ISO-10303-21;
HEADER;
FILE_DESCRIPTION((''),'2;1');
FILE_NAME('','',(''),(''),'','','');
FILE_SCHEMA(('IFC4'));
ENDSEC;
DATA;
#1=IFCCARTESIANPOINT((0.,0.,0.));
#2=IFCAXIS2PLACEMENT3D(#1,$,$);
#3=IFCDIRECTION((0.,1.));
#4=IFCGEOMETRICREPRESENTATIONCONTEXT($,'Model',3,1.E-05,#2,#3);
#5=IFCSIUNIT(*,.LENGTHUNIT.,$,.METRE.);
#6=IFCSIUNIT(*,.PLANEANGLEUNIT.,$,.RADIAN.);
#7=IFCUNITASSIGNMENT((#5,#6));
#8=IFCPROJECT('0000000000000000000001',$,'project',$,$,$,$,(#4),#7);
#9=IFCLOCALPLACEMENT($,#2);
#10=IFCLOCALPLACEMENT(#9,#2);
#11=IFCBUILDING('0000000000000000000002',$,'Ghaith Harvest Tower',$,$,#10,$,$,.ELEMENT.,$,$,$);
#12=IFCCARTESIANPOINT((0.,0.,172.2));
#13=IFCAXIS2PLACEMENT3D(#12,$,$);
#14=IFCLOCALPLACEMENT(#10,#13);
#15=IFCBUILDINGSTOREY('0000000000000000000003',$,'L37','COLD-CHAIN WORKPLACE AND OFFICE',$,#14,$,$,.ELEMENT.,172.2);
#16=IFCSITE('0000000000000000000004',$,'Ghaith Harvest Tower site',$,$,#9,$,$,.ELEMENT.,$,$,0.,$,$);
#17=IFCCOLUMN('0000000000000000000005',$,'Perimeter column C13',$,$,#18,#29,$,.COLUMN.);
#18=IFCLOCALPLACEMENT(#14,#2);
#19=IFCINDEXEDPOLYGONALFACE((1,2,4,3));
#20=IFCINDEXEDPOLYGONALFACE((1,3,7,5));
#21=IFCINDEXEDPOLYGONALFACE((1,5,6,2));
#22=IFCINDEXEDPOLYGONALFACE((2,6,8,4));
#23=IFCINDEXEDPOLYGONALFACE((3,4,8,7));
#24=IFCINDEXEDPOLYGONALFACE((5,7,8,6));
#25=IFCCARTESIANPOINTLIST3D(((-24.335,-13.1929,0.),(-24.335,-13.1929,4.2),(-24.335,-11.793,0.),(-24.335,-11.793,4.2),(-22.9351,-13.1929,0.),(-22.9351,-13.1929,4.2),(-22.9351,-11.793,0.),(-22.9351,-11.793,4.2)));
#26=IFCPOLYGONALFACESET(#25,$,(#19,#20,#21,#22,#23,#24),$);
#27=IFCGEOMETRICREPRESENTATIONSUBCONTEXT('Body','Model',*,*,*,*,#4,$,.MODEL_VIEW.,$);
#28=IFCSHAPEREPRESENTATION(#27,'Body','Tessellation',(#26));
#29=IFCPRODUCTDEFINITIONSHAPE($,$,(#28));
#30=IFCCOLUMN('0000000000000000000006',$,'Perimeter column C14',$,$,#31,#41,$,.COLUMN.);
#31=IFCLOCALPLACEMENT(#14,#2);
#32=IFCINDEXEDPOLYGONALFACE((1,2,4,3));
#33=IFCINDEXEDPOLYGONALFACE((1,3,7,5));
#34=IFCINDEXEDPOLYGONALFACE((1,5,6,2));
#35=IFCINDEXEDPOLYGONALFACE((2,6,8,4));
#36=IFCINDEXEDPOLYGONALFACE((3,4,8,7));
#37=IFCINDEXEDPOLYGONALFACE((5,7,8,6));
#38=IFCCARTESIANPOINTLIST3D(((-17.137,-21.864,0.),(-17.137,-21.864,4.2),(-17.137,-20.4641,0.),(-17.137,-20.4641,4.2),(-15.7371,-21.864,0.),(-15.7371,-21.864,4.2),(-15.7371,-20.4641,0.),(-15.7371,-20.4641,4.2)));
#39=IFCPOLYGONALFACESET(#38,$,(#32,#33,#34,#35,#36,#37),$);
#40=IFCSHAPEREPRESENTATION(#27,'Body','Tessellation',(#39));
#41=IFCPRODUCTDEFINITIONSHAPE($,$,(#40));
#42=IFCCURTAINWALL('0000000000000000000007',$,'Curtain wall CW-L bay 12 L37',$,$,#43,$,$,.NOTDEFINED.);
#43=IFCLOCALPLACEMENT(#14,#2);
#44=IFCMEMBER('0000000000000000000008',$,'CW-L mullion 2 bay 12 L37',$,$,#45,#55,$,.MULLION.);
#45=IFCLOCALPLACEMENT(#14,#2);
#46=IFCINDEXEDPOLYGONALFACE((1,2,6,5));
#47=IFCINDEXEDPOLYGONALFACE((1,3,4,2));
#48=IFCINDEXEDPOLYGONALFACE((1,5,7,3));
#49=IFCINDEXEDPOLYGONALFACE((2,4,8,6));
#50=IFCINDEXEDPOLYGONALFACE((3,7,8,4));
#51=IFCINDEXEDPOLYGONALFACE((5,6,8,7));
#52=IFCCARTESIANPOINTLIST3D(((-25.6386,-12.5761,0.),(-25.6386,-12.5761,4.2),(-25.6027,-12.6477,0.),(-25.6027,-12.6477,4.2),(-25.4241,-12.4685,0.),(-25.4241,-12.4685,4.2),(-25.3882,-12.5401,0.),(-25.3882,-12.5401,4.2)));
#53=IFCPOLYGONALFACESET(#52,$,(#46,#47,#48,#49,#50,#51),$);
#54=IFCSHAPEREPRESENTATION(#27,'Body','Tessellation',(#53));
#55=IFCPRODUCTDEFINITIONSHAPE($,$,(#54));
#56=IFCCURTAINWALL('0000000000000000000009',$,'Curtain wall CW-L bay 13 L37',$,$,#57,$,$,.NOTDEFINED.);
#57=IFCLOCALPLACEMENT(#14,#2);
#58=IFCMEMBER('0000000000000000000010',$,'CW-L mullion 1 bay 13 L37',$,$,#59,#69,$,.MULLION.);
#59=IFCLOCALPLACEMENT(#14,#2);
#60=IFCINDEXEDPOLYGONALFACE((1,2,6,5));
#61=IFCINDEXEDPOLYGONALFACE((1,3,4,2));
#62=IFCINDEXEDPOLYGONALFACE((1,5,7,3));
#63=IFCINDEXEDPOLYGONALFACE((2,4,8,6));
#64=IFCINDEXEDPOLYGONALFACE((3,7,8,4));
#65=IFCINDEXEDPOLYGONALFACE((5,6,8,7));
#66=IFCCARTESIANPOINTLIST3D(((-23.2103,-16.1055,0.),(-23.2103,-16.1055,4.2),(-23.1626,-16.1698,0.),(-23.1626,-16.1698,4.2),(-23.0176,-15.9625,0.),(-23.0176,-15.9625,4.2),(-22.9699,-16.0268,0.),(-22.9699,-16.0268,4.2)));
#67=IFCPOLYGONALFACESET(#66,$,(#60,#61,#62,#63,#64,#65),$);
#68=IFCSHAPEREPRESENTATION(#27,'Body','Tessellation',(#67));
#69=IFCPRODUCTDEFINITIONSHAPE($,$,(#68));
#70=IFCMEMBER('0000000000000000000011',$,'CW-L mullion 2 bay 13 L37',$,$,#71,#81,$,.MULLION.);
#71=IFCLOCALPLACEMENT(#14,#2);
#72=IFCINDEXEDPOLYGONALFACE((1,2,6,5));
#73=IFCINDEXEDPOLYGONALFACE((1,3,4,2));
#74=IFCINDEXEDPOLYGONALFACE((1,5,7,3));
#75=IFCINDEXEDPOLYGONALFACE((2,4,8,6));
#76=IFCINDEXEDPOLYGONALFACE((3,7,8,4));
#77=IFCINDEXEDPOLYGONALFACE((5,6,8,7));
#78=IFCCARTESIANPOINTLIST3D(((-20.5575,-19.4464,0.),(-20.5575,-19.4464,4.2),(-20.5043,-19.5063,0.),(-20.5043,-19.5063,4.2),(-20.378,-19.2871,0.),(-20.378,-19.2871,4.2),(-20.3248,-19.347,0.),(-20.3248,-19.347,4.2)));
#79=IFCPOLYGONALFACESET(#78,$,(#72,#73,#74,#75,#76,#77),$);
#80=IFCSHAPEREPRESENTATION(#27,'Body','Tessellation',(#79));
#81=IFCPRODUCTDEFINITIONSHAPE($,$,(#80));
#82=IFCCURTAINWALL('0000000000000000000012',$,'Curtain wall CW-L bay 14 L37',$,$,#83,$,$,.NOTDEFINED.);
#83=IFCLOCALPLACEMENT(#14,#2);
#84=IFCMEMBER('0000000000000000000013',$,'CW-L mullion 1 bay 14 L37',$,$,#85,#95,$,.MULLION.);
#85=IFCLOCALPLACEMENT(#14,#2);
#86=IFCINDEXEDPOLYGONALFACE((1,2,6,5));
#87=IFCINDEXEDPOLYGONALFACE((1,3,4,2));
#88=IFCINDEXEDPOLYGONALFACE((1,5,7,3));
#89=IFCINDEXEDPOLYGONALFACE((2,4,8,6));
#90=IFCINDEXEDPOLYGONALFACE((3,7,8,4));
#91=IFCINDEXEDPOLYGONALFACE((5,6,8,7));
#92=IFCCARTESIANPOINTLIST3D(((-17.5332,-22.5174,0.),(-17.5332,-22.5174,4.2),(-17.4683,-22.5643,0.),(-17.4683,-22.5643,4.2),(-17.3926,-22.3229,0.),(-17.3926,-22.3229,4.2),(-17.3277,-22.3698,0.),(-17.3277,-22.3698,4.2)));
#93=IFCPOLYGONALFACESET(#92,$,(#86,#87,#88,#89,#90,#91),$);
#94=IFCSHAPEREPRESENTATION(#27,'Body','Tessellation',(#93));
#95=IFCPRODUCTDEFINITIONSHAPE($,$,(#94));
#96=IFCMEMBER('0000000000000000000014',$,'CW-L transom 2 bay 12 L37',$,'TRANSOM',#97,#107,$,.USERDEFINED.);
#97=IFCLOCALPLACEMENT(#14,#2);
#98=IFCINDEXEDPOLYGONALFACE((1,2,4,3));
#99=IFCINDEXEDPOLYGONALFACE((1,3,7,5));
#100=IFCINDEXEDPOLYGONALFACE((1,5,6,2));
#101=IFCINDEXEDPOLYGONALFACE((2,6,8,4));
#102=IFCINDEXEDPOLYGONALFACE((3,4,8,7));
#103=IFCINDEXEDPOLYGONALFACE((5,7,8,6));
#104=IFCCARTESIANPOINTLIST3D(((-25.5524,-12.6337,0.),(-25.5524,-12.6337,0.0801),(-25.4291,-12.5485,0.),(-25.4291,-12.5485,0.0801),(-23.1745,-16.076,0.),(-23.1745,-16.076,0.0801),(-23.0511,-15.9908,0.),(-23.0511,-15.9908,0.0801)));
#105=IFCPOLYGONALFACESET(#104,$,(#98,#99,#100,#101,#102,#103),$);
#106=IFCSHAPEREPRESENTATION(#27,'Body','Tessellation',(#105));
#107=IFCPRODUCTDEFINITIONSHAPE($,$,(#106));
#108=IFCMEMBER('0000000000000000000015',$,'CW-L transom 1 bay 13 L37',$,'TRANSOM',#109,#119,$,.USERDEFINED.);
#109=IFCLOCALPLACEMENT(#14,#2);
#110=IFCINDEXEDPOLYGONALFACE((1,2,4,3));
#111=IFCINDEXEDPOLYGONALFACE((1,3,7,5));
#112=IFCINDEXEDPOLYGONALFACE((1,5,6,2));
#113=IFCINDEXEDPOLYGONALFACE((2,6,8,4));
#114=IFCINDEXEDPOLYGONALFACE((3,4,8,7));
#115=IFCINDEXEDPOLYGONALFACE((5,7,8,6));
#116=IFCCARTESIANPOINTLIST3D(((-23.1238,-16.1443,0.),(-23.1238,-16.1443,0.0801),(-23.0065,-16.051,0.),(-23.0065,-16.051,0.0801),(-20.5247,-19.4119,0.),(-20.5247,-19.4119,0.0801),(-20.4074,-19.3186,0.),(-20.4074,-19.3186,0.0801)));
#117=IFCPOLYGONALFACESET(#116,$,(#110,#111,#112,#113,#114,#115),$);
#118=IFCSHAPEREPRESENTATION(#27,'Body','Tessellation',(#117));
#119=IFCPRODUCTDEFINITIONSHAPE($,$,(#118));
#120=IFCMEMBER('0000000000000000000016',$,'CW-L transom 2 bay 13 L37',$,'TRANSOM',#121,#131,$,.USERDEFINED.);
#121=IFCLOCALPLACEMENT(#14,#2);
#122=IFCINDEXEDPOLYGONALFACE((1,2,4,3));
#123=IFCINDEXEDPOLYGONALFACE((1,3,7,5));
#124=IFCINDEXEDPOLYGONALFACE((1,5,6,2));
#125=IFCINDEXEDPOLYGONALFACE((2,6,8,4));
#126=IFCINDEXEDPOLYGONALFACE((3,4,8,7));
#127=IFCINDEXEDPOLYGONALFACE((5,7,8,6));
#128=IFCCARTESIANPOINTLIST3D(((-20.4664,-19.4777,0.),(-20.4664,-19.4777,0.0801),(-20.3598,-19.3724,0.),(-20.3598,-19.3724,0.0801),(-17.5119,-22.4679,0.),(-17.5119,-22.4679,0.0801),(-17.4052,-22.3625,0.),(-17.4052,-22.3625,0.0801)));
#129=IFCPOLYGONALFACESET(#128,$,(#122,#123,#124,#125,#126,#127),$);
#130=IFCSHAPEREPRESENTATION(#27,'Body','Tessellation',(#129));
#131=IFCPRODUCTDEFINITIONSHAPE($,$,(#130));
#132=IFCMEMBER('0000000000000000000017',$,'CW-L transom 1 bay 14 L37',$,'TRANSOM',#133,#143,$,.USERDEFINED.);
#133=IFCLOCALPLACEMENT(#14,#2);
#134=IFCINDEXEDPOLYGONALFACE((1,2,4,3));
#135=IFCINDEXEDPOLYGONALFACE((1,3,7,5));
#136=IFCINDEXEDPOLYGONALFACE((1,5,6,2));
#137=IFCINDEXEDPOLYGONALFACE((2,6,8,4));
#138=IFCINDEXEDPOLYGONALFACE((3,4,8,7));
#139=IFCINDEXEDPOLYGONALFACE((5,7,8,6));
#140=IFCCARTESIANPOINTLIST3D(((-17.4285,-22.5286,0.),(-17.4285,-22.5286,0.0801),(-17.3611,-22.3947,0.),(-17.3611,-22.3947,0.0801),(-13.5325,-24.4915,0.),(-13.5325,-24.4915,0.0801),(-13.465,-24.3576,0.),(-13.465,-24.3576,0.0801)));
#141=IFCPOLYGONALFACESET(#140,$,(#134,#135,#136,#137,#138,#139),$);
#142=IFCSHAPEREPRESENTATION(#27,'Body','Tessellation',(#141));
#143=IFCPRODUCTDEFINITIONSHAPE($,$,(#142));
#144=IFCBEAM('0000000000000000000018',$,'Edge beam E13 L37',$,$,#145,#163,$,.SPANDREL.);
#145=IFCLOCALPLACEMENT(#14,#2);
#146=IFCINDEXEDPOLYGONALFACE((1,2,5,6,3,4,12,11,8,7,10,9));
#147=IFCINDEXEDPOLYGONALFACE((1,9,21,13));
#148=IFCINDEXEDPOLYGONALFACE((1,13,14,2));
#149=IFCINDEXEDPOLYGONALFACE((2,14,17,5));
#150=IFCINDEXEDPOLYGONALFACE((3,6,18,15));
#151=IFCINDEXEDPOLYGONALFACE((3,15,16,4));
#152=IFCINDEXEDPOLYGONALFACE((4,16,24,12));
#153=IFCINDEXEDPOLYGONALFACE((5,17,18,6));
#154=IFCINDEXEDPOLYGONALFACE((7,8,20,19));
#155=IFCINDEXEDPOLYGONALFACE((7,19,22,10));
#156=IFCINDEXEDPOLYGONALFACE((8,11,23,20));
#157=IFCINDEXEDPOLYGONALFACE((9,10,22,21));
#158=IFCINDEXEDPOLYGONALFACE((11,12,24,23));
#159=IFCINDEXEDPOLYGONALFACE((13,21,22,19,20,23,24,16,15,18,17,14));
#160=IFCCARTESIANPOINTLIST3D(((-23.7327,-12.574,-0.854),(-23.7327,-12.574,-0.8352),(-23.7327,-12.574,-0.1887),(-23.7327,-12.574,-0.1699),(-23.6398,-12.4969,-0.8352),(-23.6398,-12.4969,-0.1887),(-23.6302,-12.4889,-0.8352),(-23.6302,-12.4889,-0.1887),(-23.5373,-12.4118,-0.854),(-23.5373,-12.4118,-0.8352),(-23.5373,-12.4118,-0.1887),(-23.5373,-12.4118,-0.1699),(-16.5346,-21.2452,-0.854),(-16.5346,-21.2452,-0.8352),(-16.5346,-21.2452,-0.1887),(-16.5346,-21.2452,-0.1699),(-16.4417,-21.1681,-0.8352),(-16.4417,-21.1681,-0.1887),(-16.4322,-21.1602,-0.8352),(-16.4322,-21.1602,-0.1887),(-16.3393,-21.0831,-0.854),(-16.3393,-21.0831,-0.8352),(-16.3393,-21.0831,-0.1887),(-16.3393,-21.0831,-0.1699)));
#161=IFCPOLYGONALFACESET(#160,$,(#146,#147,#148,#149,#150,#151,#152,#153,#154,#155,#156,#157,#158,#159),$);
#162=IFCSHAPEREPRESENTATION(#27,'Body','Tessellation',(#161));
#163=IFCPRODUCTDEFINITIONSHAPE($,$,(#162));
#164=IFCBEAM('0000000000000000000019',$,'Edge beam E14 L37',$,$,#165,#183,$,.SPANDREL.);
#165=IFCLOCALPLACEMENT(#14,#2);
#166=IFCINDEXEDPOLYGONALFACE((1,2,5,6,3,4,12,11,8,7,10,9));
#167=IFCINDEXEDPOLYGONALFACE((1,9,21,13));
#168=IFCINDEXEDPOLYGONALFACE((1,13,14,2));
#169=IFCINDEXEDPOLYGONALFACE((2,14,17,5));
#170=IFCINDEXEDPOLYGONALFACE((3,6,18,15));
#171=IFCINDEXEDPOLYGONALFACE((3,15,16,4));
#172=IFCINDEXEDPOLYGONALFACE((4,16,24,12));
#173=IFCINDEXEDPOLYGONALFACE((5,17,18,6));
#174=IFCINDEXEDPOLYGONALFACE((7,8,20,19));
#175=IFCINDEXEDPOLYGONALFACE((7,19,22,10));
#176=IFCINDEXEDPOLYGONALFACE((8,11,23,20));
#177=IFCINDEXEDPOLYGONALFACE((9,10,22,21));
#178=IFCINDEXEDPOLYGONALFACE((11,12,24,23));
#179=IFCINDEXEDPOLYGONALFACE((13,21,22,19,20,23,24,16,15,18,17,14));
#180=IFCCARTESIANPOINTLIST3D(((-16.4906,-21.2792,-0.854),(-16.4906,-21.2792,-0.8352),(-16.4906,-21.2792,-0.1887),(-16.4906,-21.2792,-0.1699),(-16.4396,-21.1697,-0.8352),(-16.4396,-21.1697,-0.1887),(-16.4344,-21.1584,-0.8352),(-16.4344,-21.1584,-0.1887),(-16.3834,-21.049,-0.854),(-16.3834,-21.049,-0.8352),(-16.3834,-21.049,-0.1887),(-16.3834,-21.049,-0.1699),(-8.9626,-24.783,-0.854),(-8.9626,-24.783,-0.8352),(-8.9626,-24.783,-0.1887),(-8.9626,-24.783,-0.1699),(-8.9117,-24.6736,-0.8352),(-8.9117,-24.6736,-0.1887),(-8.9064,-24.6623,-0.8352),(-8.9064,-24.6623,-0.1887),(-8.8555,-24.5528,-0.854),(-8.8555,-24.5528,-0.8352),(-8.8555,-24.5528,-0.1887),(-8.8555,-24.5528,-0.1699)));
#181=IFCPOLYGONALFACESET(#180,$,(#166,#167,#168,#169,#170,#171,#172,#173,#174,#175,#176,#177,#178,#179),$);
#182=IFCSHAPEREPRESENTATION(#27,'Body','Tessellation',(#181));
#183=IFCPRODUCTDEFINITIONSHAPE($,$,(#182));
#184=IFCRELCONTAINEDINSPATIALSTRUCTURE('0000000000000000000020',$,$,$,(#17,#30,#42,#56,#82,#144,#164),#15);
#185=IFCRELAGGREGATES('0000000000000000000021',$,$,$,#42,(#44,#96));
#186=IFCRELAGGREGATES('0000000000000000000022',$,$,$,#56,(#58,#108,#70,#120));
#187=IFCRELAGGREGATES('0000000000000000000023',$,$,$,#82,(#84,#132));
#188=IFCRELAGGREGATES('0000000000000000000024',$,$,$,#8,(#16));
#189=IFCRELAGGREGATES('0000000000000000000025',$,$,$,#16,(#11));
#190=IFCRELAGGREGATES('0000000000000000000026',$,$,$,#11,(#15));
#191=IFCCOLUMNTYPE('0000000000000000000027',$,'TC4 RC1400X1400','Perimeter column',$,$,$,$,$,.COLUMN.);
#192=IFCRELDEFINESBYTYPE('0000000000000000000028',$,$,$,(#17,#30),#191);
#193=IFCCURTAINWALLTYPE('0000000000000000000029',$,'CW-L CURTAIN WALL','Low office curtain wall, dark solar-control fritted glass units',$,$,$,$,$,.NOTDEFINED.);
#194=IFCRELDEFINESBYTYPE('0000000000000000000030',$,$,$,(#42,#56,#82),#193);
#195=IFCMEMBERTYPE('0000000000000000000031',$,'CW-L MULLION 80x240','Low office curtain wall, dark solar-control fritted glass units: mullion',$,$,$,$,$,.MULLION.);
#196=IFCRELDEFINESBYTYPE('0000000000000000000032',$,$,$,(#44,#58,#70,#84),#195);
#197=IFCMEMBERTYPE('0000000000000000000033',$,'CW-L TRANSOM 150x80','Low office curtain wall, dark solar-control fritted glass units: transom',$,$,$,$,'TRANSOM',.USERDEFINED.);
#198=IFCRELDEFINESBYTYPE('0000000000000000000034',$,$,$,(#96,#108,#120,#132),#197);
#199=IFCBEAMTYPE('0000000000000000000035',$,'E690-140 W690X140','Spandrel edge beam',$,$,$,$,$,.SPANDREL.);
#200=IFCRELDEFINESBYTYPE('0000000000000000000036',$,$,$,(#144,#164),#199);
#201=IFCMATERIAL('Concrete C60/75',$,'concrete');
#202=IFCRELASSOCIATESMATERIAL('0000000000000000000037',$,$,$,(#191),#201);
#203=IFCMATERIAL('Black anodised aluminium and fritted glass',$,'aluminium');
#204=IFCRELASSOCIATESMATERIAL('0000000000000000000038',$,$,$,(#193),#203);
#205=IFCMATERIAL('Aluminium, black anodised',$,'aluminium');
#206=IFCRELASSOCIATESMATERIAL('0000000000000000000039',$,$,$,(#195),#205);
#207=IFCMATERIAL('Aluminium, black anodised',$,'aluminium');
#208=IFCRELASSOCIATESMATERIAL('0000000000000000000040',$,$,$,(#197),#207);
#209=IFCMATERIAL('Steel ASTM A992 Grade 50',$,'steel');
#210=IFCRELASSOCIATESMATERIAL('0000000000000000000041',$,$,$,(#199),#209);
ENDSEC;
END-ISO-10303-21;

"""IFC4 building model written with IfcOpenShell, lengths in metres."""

from ifc_helpers import new_model, si_unit, direction, frame, origin, origin_2d, place, context, subcontext, project, spatial, rectangle, i_section, extrude, material, material_profile, profile_set, type_object, element, aggregate, save


model = new_model("IFC4")

# Units and contexts
model_context = context("Model", 3, precision=1e-05, world=origin(), true_north=direction((0.0, 1.0)))
body_context = subcontext(model_context, "Body", "Model", "MODEL_VIEW")
ifc_project = project(units=[si_unit("LENGTHUNIT", "METRE"), si_unit("PLANEANGLEUNIT", "RADIAN")], contexts=[model_context])

# Site, building, storey
site_placement = place(None, origin())
site = spatial("IfcSite", under=ifc_project, at=site_placement, Name="Ghaith Harvest Tower site", CompositionType="ELEMENT", RefElevation=0.0)
building_placement = place(site_placement, origin())
building = spatial("IfcBuilding", under=site, at=building_placement, Name="Ghaith Harvest Tower", CompositionType="ELEMENT")
storey_placement = place(building_placement, frame((0.0, 0.0, 172.2)))
storey = spatial("IfcBuildingStorey", under=building, at=storey_placement, Name="L37", Description="COLD-CHAIN WORKPLACE AND OFFICE", CompositionType="ELEMENT", Elevation=172.2)

# Columns
ifc_material_1 = material(Name="Concrete C60/75", Category="concrete")
ifc_material_profile_1 = material_profile(ifc_material_1, rectangle(XDim=1.3999, YDim=1.3999, at=origin_2d()), Name="RC1400X1400")
ifc_profile_set_1 = profile_set([ifc_material_profile_1], Name="Concrete C60/75")
column_type = type_object("IfcColumnType", Name="TC4 RC1400X1400", Description="Perimeter column", PredefinedType="COLUMN", material=ifc_profile_set_1)
for number, where, z_axis, x_axis, name in (
    (1, (-23.635, -12.4929, 0.0), (0.0, 0.0, 1.0), (1.0, 0.0, 0.0), "Perimeter column C13"),
    (2, (-16.437, -21.1641, 0.0), (0.0, 0.0, 1.0), (1.0, 0.0, 0.0), "Perimeter column C14"),
):
    element("IfcColumn", number, at=place(storey_placement, frame(where, z_axis=z_axis, x_axis=x_axis)), inside=storey, type_object=column_type, Name=name, PredefinedType="COLUMN", context=body_context, shape_type="SweptSolid", body=[
        extrude(rectangle(XDim=1.3999, YDim=1.3999, at=origin_2d()), origin(), (0.0, 0.0, 1.0), 4.2),
    ])

# Curtain wall, member
ifc_material_2 = material(Name="Black anodised aluminium and fritted glass", Category="aluminium")
curtain_wall_type = type_object("IfcCurtainWallType", Name="CW-L CURTAIN WALL", Description="Low office curtain wall, dark solar-control fritted glass units", PredefinedType="NOTDEFINED", material=ifc_material_2)
curtain_wall_1_placement = place(storey_placement, origin())
curtain_wall_1 = element("IfcCurtainWall", 3, at=curtain_wall_1_placement, inside=storey, type_object=curtain_wall_type, Name="Curtain wall CW-L bay 12 L37", PredefinedType="NOTDEFINED")
ifc_material_3 = material(Name="Aluminium, black anodised", Category="aluminium")
ifc_material_profile_2 = material_profile(ifc_material_3, rectangle(XDim=0.0801, YDim=0.24, at=origin_2d()), Name="CW-L MULLION 80x240")
ifc_profile_set_2 = profile_set([ifc_material_profile_2], Name="Aluminium, black anodised")
member_type_1 = type_object("IfcMemberType", Name="CW-L MULLION 80x240", Description="Low office curtain wall, dark solar-control fritted glass units: mullion", PredefinedType="MULLION", material=ifc_profile_set_2)
member_1_placement = place(storey_placement, frame((-25.5134, -12.5581, 0.0), z_axis=(0.0, 0.0, 1.0), x_axis=(0.448267, -0.8939, 0.0)))
member_1 = element("IfcMember", 4, at=member_1_placement, type_object=member_type_1, Name="CW-L mullion 2 bay 12 L37", PredefinedType="MULLION", context=body_context, shape_type="SweptSolid", body=[
    extrude(rectangle(XDim=0.0801, YDim=0.24, at=origin_2d()), origin(), (0.0, 0.0, 1.0), 4.2),
])

# Curtain wall, members
curtain_wall_2_placement = place(storey_placement, origin())
curtain_wall_2 = element("IfcCurtainWall", 5, at=curtain_wall_2_placement, inside=storey, type_object=curtain_wall_type, Name="Curtain wall CW-L bay 13 L37", PredefinedType="NOTDEFINED")
member_2_placement = place(storey_placement, frame((-23.0901, -16.0662, 0.0), z_axis=(0.0, 0.0, 1.0), x_axis=(0.59574, -0.803177, 0.0)))
member_2 = element("IfcMember", 6, at=member_2_placement, type_object=member_type_1, Name="CW-L mullion 1 bay 13 L37", PredefinedType="MULLION", context=body_context, shape_type="SweptSolid", body=[
    extrude(rectangle(XDim=0.0801, YDim=0.24, at=origin_2d()), origin(), (0.0, 0.0, 1.0), 4.2),
])
member_3_placement = place(storey_placement, frame((-20.4412, -19.3967, 0.0), z_axis=(0.0, 0.0, 1.0), x_axis=(0.663765, -0.747941, 0.0)))
member_3 = element("IfcMember", 7, at=member_3_placement, type_object=member_type_1, Name="CW-L mullion 2 bay 13 L37", PredefinedType="MULLION", context=body_context, shape_type="SweptSolid", body=[
    extrude(rectangle(XDim=0.0801, YDim=0.24, at=origin_2d()), origin(), (0.0, 0.0, 1.0), 4.2),
])

# Curtain wall, member
curtain_wall_3_placement = place(storey_placement, origin())
curtain_wall_3 = element("IfcCurtainWall", 8, at=curtain_wall_3_placement, inside=storey, type_object=curtain_wall_type, Name="Curtain wall CW-L bay 14 L37", PredefinedType="NOTDEFINED")
member_4_placement = place(storey_placement, frame((-17.4304, -22.4436, 0.0), z_axis=(0.0, 0.0, 1.0), x_axis=(0.810339, -0.585961, 0.0)))
member_4 = element("IfcMember", 9, at=member_4_placement, type_object=member_type_1, Name="CW-L mullion 1 bay 14 L37", PredefinedType="MULLION", context=body_context, shape_type="SweptSolid", body=[
    extrude(rectangle(XDim=0.0801, YDim=0.24, at=origin_2d()), origin(), (0.0, 0.0, 1.0), 4.2),
])

# Members
ifc_material_4 = material(Name="Aluminium, black anodised", Category="aluminium")
ifc_material_profile_3 = material_profile(ifc_material_4, rectangle(XDim=0.1499, YDim=0.0801, at=origin_2d()), Name="CW-L TRANSOM 150x80")
ifc_profile_set_3 = profile_set([ifc_material_profile_3], Name="Aluminium, black anodised")
member_type_2 = type_object("IfcMemberType", Name="CW-L TRANSOM 150x80", Description="Low office curtain wall, dark solar-control fritted glass units: transom", ElementType="TRANSOM", PredefinedType="USERDEFINED", material=ifc_profile_set_3)
member_5_placement = place(storey_placement, frame((-25.4907, -12.5911, 0.04), z_axis=(0.56836, -0.82278, 0.0), x_axis=(0.82278, 0.56836, 0.0)))
member_5 = element("IfcMember", 10, at=member_5_placement, type_object=member_type_2, Name="CW-L transom 2 bay 12 L37", ObjectType="TRANSOM", PredefinedType="USERDEFINED", context=body_context, shape_type="SweptSolid", body=[
    extrude(rectangle(XDim=0.1499, YDim=0.0801, at=origin_2d()), origin(), (0.0, 0.0, 1.0), 4.1838),
])
member_6_placement = place(storey_placement, frame((-23.0652, -16.0977, 0.04), z_axis=(0.622511, -0.782611, 0.0), x_axis=(0.782611, 0.622511, 0.0)))
member_6 = element("IfcMember", 11, at=member_6_placement, type_object=member_type_2, Name="CW-L transom 1 bay 13 L37", ObjectType="TRANSOM", PredefinedType="USERDEFINED", context=body_context, shape_type="SweptSolid", body=[
    extrude(rectangle(XDim=0.1499, YDim=0.0801, at=origin_2d()), origin(), (0.0, 0.0, 1.0), 4.1753),
])
member_7_placement = place(storey_placement, frame((-20.4131, -19.425, 0.04), z_axis=(0.702854, -0.711334, 0.0), x_axis=(0.711334, 0.702854, 0.0)))
member_7 = element("IfcMember", 12, at=member_7_placement, type_object=member_type_2, Name="CW-L transom 2 bay 13 L37", ObjectType="TRANSOM", PredefinedType="USERDEFINED", context=body_context, shape_type="SweptSolid", body=[
    extrude(rectangle(XDim=0.1499, YDim=0.0801, at=origin_2d()), origin(), (0.0, 0.0, 1.0), 4.2036),
])
member_8_placement = place(storey_placement, frame((-17.3948, -22.4617, 0.04), z_axis=(0.893058, -0.449943, 0.0), x_axis=(0.449943, 0.893058, 0.0)))
member_8 = element("IfcMember", 13, at=member_8_placement, type_object=member_type_2, Name="CW-L transom 1 bay 14 L37", ObjectType="TRANSOM", PredefinedType="USERDEFINED", context=body_context, shape_type="SweptSolid", body=[
    extrude(rectangle(XDim=0.1499, YDim=0.0801, at=origin_2d()), origin(), (0.0, 0.0, 1.0), 4.3625),
])

# Beams
ifc_material_5 = material(Name="Steel ASTM A992 Grade 50", Category="steel")
ifc_material_profile_4 = material_profile(ifc_material_5, i_section(OverallWidth=0.2539, OverallDepth=0.6841, WebThickness=0.0125, FlangeThickness=0.0188, at=origin_2d()), Name="W690X140")
ifc_profile_set_4 = profile_set([ifc_material_profile_4], Name="Steel ASTM A992 Grade 50")
beam_type = type_object("IfcBeamType", Name="E690-140 W690X140", Description="Spandrel edge beam", PredefinedType="SPANDREL", material=ifc_profile_set_4)
beam_1_placement = place(storey_placement, frame((-23.635, -12.4929, -0.512), z_axis=(0.638719, -0.76944, 0.0), x_axis=(0.76944, 0.638719, 0.0)))
element("IfcBeam", 14, at=beam_1_placement, inside=storey, type_object=beam_type, Name="Edge beam E13 L37", PredefinedType="SPANDREL", context=body_context, shape_type="SweptSolid", body=[
    extrude(i_section(OverallWidth=0.2539, OverallDepth=0.6841, WebThickness=0.0125, FlangeThickness=0.0188, at=origin_2d()), origin(), (0.0, 0.0, 1.0), 11.2695),
])
beam_2_placement = place(storey_placement, frame((-16.437, -21.1641, -0.512), z_axis=(0.906607, -0.421976, 0.0), x_axis=(0.421976, 0.906607, 0.0)))
element("IfcBeam", 15, at=beam_2_placement, inside=storey, type_object=beam_type, Name="Edge beam E14 L37", PredefinedType="SPANDREL", context=body_context, shape_type="SweptSolid", body=[
    extrude(i_section(OverallWidth=0.2539, OverallDepth=0.6841, WebThickness=0.0125, FlangeThickness=0.0188, at=origin_2d()), origin(), (0.0, 0.0, 1.0), 8.3035),
])

aggregate(curtain_wall_1, [member_1, member_5])
aggregate(curtain_wall_2, [member_2, member_6, member_3, member_7])
aggregate(curtain_wall_3, [member_4, member_8])

save(model, "model.ifc")
